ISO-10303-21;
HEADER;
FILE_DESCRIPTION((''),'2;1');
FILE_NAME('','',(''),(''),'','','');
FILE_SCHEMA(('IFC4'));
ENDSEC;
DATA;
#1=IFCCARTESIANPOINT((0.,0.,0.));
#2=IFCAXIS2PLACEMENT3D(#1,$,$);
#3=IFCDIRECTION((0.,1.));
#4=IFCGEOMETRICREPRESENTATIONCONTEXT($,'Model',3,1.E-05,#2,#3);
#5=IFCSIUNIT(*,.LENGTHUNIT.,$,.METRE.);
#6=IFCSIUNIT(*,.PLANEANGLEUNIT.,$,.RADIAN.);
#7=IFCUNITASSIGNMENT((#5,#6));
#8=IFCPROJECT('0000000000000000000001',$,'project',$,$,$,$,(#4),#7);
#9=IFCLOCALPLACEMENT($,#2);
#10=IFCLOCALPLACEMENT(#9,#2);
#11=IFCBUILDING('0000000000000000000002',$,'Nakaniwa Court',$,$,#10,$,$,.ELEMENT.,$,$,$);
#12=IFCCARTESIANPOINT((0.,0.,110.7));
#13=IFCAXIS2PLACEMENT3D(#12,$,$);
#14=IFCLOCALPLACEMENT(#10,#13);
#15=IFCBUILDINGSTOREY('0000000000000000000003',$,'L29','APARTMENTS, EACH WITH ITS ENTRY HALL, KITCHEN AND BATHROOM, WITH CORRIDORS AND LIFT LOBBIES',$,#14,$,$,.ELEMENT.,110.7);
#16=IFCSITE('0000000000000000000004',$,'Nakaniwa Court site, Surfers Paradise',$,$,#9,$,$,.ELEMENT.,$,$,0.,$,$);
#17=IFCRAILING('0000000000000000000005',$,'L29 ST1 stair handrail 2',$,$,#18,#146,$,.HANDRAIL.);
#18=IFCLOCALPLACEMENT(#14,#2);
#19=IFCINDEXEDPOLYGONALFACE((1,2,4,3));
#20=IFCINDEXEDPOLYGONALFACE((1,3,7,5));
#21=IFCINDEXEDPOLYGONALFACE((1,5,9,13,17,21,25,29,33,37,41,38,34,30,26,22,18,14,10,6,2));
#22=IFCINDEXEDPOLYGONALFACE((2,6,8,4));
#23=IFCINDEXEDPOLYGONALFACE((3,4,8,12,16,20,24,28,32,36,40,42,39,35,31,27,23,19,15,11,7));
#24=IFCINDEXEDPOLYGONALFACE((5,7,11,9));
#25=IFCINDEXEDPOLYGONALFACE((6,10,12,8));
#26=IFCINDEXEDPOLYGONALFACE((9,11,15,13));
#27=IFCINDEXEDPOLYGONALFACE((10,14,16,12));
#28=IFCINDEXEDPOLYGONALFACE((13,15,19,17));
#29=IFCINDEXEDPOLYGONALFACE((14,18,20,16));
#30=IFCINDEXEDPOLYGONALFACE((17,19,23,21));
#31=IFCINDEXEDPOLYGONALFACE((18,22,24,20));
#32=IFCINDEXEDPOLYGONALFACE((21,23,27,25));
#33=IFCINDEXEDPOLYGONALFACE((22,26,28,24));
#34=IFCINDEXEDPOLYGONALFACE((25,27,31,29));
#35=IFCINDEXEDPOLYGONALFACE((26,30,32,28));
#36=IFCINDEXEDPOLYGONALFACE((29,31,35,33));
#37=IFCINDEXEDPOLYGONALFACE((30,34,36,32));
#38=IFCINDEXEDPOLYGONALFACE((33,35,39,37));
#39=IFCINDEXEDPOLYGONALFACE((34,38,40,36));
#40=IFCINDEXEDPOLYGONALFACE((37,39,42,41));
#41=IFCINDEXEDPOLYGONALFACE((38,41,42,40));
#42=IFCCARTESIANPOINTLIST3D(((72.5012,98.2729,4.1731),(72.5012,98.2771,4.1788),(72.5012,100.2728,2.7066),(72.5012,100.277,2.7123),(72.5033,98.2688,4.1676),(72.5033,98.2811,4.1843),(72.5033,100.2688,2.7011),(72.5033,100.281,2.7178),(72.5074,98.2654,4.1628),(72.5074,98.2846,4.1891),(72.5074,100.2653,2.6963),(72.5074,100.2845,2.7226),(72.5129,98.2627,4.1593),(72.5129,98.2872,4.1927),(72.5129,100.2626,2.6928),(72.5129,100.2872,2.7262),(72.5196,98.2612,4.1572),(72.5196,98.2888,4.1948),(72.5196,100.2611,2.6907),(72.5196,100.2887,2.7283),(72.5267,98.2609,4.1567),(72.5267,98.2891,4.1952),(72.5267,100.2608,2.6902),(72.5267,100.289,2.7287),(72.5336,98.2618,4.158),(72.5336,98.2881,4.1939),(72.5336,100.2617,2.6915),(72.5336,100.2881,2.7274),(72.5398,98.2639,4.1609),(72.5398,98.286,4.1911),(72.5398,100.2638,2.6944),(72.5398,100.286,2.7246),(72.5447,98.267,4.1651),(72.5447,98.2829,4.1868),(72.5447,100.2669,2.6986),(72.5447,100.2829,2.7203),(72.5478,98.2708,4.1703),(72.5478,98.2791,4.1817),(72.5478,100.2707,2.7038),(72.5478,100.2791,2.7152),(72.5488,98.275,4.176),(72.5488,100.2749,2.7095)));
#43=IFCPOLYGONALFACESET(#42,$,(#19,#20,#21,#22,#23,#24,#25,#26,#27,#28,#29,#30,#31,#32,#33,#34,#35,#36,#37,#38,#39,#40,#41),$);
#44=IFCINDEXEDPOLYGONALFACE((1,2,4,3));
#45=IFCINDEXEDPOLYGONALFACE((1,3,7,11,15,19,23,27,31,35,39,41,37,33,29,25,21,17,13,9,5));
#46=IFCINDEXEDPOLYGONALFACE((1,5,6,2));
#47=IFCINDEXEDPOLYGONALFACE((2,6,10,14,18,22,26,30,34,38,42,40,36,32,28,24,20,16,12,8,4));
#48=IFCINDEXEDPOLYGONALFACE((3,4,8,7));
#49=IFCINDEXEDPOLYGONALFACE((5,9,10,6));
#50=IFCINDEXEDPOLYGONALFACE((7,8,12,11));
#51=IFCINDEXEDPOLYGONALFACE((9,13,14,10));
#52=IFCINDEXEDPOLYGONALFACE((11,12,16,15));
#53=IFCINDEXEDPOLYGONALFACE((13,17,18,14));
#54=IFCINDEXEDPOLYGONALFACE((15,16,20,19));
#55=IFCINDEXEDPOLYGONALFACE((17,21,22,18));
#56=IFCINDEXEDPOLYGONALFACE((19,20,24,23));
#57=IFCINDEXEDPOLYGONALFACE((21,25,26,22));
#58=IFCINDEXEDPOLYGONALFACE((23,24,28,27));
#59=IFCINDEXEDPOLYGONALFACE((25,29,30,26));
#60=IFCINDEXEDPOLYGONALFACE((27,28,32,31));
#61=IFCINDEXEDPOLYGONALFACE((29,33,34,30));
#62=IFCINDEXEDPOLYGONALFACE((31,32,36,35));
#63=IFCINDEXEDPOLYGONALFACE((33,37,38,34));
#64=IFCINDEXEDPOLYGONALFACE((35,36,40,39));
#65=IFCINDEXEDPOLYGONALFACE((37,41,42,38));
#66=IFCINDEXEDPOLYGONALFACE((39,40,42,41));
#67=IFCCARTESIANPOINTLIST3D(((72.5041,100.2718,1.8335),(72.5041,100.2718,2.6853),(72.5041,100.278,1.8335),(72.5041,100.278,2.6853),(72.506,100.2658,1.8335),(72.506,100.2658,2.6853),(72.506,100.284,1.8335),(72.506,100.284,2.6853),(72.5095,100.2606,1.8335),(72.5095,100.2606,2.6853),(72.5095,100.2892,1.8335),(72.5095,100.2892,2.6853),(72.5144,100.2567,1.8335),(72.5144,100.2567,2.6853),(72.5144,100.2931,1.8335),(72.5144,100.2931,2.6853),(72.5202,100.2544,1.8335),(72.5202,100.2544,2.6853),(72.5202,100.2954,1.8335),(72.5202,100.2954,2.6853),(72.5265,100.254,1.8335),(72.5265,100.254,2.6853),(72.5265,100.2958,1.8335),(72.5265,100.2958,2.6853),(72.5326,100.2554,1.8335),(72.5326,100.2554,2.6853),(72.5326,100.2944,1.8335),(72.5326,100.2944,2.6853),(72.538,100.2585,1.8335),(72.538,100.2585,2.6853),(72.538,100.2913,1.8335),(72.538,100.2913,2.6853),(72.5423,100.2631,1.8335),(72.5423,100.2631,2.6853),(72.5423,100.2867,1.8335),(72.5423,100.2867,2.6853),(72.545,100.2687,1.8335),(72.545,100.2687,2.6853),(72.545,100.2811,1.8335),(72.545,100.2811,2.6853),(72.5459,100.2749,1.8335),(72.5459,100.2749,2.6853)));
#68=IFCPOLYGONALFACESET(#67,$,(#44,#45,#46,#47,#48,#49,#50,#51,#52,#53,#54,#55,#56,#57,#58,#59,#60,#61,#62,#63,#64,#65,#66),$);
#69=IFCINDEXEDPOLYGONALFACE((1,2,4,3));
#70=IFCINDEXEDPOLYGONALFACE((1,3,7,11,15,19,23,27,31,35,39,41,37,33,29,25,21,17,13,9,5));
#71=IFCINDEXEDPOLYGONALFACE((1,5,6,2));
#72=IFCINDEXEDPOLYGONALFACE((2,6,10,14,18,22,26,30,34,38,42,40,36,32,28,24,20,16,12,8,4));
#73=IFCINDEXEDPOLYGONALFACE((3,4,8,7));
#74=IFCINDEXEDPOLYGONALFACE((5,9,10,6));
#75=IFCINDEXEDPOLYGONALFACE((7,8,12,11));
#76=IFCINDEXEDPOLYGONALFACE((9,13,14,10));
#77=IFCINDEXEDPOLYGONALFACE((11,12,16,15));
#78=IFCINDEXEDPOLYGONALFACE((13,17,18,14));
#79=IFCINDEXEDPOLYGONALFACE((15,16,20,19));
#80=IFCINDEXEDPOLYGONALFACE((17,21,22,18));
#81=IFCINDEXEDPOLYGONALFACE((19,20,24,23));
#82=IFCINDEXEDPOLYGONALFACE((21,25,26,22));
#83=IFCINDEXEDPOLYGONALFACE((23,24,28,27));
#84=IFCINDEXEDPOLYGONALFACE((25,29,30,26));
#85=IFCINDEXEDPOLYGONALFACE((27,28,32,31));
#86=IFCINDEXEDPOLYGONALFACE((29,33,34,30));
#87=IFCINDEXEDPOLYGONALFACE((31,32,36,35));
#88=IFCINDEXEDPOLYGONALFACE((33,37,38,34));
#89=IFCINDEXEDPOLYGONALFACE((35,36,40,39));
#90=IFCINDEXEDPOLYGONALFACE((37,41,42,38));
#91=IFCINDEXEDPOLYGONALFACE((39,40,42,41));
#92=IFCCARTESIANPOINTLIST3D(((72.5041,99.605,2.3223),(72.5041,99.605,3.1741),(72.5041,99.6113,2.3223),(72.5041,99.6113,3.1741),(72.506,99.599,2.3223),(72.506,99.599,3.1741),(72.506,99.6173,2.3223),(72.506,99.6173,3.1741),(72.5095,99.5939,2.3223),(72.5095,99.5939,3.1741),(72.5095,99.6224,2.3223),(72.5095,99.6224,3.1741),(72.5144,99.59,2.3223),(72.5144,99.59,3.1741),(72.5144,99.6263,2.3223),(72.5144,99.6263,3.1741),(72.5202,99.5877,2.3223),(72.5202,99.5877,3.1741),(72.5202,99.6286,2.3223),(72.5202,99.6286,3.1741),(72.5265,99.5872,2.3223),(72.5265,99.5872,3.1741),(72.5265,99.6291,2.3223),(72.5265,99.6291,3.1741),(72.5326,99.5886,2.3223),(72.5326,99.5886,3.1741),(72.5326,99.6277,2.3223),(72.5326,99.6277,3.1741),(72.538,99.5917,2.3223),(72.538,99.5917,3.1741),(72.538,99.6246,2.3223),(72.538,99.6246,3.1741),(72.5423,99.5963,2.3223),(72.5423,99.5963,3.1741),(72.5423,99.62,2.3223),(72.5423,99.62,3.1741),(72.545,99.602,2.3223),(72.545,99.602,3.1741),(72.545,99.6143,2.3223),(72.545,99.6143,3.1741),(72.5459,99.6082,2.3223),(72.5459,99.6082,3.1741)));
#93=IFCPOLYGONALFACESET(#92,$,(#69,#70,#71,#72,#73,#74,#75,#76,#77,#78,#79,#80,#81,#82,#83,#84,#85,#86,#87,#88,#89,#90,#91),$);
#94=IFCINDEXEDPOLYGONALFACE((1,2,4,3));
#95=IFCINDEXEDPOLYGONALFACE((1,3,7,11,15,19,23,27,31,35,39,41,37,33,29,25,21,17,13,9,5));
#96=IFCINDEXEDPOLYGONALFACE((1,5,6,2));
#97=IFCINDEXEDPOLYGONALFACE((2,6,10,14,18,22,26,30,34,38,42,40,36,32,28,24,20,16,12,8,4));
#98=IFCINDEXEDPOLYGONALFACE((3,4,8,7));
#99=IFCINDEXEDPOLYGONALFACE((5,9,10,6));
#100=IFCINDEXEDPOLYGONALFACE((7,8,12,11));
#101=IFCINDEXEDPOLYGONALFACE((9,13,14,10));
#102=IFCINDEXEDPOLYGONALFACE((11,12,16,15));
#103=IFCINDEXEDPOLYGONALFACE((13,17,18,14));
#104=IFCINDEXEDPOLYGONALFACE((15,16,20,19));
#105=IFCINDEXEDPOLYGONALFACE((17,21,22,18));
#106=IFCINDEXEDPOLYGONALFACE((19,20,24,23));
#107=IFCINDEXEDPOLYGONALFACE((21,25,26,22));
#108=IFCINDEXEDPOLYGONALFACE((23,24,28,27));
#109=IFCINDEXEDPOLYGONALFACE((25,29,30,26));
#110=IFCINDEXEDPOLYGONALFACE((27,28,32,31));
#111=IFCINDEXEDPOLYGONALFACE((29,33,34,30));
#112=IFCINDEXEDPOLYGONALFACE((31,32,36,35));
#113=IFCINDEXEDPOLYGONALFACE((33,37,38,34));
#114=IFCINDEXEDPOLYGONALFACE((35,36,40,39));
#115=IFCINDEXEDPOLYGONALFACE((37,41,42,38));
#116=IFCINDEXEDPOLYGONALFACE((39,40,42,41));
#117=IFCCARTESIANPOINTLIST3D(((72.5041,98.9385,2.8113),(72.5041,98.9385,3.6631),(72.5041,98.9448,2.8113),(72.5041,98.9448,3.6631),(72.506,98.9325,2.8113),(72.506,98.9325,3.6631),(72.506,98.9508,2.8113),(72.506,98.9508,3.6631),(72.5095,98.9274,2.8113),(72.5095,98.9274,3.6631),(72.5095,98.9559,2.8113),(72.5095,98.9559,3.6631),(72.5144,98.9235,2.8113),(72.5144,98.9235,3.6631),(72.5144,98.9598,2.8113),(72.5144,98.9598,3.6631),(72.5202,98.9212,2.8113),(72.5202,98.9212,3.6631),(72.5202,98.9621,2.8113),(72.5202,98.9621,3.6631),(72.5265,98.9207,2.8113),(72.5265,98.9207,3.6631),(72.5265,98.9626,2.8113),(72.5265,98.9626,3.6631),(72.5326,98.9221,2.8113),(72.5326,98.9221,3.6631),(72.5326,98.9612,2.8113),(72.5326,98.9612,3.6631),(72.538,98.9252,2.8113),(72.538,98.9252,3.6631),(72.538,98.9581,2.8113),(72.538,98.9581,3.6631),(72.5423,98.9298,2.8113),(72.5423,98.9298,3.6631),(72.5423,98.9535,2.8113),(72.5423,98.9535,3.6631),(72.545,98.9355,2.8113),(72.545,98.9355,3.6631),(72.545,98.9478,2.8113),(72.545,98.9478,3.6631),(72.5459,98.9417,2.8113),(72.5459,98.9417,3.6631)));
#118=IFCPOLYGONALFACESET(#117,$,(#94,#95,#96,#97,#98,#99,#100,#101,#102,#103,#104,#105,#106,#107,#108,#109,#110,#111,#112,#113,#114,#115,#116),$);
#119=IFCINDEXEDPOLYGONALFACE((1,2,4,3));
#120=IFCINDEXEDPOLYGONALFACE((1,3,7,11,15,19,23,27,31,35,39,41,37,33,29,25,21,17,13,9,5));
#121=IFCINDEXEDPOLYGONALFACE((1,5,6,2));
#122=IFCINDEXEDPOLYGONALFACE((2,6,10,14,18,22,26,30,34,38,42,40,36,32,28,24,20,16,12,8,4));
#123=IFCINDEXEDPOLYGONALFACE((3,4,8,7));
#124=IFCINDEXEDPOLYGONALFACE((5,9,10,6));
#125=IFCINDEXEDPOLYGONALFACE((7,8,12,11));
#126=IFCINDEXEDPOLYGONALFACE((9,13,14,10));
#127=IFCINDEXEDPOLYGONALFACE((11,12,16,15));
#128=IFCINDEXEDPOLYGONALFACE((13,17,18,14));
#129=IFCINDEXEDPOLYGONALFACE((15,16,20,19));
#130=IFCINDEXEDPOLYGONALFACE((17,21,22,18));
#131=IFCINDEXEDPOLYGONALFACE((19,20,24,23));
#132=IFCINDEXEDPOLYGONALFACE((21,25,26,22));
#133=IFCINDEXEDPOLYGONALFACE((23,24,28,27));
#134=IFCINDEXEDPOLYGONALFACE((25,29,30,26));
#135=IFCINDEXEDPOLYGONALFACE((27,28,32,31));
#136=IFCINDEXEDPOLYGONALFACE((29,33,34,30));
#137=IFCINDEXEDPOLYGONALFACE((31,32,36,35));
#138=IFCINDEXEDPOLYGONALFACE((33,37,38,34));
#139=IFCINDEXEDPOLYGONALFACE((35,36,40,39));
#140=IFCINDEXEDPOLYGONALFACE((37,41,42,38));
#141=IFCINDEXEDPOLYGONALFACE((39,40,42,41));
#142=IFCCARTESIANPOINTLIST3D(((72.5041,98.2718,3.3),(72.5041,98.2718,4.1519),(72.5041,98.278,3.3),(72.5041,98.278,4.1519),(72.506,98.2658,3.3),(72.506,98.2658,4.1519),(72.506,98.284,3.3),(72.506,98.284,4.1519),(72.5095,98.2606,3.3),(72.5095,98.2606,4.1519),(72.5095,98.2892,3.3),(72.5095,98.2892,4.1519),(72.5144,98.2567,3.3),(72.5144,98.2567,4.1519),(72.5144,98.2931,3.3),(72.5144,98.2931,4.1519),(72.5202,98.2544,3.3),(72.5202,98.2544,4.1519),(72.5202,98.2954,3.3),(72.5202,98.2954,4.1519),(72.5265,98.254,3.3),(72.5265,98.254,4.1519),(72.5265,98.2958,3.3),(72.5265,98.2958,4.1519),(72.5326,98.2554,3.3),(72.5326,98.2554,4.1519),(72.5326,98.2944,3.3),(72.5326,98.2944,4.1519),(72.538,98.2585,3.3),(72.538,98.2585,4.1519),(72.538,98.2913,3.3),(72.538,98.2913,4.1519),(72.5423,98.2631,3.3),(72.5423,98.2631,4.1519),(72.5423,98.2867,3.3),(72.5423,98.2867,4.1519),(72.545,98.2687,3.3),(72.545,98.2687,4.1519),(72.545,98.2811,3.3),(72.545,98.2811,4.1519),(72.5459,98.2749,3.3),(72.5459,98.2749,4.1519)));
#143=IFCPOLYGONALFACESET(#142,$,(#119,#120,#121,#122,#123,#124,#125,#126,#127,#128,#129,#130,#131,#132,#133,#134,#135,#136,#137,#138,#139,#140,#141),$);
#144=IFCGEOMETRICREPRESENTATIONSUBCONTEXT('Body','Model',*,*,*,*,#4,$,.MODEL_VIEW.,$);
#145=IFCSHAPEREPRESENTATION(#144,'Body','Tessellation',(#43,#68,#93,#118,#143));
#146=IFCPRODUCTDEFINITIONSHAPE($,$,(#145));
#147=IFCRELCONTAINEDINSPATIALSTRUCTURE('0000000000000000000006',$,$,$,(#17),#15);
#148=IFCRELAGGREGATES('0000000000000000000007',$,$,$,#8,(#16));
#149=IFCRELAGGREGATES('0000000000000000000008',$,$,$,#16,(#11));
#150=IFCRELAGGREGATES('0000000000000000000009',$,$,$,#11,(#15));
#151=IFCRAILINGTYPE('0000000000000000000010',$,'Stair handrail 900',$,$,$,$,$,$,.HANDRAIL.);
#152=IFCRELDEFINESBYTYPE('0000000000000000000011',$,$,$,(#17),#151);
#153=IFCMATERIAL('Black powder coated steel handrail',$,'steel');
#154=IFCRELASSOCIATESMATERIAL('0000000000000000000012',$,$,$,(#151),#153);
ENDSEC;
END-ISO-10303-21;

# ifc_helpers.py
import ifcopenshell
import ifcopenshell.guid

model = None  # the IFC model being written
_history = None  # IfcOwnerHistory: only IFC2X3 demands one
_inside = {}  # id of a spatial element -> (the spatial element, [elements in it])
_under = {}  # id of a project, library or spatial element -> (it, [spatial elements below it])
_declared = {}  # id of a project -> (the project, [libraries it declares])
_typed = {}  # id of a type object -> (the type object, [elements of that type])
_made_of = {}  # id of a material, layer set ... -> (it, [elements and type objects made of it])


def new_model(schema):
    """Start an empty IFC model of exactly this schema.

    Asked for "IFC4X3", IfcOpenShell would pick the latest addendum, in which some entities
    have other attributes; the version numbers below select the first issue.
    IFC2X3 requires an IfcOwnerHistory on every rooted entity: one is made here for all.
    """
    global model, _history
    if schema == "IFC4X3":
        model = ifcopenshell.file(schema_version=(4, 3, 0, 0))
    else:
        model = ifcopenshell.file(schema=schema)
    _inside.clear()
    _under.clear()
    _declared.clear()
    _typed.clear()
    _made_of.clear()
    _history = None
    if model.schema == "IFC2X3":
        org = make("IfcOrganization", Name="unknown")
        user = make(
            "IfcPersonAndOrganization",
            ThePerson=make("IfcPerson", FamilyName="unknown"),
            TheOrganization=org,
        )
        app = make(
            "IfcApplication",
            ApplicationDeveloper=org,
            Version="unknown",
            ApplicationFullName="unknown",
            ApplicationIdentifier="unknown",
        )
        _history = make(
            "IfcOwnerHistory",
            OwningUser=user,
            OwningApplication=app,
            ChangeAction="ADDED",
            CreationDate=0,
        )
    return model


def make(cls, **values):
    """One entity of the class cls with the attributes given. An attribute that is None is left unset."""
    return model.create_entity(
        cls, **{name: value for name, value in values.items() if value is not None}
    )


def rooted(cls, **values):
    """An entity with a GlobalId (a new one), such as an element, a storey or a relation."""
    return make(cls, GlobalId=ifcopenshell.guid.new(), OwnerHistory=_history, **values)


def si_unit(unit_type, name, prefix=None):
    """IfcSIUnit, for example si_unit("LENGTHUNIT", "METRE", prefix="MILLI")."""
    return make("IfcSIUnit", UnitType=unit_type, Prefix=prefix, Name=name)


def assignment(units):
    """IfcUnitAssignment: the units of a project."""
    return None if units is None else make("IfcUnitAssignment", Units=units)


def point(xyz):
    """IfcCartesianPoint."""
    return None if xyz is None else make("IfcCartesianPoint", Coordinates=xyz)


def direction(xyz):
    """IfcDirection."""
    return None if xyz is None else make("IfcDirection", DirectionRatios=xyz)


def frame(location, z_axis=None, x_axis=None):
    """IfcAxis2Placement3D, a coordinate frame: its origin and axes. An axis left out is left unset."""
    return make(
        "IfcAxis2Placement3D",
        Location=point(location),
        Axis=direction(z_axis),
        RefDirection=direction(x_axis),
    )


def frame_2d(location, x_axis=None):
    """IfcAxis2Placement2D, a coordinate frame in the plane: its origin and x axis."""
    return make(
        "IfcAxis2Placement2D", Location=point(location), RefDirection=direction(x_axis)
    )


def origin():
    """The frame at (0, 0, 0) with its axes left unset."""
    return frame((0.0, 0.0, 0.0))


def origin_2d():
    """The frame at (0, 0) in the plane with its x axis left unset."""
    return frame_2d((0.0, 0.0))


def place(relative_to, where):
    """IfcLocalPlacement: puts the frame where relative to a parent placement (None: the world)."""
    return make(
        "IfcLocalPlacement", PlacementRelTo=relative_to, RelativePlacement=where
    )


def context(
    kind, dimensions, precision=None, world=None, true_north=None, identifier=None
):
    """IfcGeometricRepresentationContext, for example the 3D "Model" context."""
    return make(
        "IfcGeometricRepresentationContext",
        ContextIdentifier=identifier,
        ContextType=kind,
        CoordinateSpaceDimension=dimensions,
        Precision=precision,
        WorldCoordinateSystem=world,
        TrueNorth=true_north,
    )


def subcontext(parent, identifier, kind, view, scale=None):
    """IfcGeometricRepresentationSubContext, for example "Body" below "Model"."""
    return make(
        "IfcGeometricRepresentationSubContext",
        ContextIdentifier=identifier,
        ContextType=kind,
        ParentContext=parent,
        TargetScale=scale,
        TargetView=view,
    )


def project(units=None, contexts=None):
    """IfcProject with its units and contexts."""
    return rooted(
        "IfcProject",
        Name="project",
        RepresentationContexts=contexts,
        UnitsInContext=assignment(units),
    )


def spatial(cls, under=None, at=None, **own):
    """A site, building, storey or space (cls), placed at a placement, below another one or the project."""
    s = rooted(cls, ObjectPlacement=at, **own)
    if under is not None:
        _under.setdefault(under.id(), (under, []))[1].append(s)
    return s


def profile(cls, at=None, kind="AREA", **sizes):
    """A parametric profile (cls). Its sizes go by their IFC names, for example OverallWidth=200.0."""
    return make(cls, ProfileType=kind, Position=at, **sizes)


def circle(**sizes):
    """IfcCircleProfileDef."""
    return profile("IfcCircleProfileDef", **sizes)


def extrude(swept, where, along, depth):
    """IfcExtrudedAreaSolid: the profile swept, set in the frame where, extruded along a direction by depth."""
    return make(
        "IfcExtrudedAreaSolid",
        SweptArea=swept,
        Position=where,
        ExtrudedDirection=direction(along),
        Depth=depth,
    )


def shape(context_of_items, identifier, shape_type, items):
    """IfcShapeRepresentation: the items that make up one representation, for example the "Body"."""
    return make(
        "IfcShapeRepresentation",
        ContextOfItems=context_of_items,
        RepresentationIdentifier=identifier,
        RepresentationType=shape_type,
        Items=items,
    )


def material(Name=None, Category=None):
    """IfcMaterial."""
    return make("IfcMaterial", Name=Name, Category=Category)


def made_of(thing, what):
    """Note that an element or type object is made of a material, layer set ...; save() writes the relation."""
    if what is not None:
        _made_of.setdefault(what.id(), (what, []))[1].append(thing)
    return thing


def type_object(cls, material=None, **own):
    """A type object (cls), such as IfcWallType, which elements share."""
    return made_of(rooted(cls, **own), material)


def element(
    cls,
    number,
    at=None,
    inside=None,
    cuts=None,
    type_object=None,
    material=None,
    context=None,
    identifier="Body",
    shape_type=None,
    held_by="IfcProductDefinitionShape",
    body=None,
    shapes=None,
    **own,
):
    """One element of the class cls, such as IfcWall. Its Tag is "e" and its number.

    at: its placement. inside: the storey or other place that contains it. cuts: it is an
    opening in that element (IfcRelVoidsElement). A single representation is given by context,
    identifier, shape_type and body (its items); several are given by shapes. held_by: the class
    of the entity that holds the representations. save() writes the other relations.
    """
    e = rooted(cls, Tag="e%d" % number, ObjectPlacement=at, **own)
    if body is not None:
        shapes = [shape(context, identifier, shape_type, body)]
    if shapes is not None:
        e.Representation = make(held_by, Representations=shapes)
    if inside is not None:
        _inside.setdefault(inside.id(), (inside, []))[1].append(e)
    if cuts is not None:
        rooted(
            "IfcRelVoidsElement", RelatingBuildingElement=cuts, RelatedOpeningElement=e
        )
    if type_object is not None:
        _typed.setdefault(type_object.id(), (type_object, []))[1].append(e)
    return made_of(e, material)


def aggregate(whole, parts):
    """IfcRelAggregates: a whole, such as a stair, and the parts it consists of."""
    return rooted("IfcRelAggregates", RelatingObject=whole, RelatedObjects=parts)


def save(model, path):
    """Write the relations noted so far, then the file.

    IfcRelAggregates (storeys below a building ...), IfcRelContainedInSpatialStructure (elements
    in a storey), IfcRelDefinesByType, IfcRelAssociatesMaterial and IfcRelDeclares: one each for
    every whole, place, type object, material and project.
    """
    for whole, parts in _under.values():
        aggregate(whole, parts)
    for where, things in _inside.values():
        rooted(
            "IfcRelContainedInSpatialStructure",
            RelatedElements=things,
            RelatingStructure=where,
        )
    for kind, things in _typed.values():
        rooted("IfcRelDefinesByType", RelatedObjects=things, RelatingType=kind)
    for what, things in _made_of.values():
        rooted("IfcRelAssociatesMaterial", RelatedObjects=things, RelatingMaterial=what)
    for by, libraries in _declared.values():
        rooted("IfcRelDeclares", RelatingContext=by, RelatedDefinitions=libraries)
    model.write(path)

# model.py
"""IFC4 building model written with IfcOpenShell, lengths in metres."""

from ifc_helpers import new_model, si_unit, direction, frame, origin, origin_2d, place, context, subcontext, project, spatial, circle, extrude, material, type_object, element, save


model = new_model("IFC4")

# Units and contexts
model_context = context("Model", 3, precision=1e-05, world=origin(), true_north=direction((0.0, 1.0)))
body_context = subcontext(model_context, "Body", "Model", "MODEL_VIEW")
ifc_project = project(units=[si_unit("LENGTHUNIT", "METRE"), si_unit("PLANEANGLEUNIT", "RADIAN")], contexts=[model_context])

# Site, building, storey
site_placement = place(None, origin())
site = spatial("IfcSite", under=ifc_project, at=site_placement, Name="Nakaniwa Court site, Surfers Paradise", CompositionType="ELEMENT", RefElevation=0.0)
building_placement = place(site_placement, origin())
building = spatial("IfcBuilding", under=site, at=building_placement, Name="Nakaniwa Court", CompositionType="ELEMENT")
storey_placement = place(building_placement, frame((0.0, 0.0, 110.7)))
storey = spatial("IfcBuildingStorey", under=building, at=storey_placement, Name="L29", Description="APARTMENTS, EACH WITH ITS ENTRY HALL, KITCHEN AND BATHROOM, WITH CORRIDORS AND LIFT LOBBIES", CompositionType="ELEMENT", Elevation=110.7)

# Railing
ifc_material_1 = material(Name="Black powder coated steel handrail", Category="steel")
railing_type_1 = type_object("IfcRailingType", Name="Stair handrail 900", PredefinedType="HANDRAIL", material=ifc_material_1)
railing_1_placement = place(storey_placement, frame((72.5249, 100.2749, 1.8335)))
element("IfcRailing", 1, at=railing_1_placement, inside=storey, type_object=railing_type_1, Name="L29 ST1 stair handrail 2", PredefinedType="HANDRAIL", context=body_context, shape_type="SweptSolid", body=[
    extrude(circle(Radius=0.0239, at=origin_2d()), frame((0.0, 0.0, 0.876), z_axis=(0.0, -0.806427, 0.591334), x_axis=(1.0, 0.0, 0.0)), (0.0, 0.0, 1.0), 2.48),
    extrude(circle(Radius=0.021, at=origin_2d()), origin(), (0.0, 0.0, 1.0), 0.8518),
    extrude(circle(Radius=0.021, at=origin_2d()), frame((0.0, -0.6667, 0.4888)), (0.0, 0.0, 1.0), 0.8518),
    extrude(circle(Radius=0.021, at=origin_2d()), frame((0.0, -1.3333, 0.9778)), (0.0, 0.0, 1.0), 0.8518),
    extrude(circle(Radius=0.021, at=origin_2d()), frame((0.0, -2.0, 1.4666)), (0.0, 0.0, 1.0), 0.8518),
])

save(model, "model.ifc")
